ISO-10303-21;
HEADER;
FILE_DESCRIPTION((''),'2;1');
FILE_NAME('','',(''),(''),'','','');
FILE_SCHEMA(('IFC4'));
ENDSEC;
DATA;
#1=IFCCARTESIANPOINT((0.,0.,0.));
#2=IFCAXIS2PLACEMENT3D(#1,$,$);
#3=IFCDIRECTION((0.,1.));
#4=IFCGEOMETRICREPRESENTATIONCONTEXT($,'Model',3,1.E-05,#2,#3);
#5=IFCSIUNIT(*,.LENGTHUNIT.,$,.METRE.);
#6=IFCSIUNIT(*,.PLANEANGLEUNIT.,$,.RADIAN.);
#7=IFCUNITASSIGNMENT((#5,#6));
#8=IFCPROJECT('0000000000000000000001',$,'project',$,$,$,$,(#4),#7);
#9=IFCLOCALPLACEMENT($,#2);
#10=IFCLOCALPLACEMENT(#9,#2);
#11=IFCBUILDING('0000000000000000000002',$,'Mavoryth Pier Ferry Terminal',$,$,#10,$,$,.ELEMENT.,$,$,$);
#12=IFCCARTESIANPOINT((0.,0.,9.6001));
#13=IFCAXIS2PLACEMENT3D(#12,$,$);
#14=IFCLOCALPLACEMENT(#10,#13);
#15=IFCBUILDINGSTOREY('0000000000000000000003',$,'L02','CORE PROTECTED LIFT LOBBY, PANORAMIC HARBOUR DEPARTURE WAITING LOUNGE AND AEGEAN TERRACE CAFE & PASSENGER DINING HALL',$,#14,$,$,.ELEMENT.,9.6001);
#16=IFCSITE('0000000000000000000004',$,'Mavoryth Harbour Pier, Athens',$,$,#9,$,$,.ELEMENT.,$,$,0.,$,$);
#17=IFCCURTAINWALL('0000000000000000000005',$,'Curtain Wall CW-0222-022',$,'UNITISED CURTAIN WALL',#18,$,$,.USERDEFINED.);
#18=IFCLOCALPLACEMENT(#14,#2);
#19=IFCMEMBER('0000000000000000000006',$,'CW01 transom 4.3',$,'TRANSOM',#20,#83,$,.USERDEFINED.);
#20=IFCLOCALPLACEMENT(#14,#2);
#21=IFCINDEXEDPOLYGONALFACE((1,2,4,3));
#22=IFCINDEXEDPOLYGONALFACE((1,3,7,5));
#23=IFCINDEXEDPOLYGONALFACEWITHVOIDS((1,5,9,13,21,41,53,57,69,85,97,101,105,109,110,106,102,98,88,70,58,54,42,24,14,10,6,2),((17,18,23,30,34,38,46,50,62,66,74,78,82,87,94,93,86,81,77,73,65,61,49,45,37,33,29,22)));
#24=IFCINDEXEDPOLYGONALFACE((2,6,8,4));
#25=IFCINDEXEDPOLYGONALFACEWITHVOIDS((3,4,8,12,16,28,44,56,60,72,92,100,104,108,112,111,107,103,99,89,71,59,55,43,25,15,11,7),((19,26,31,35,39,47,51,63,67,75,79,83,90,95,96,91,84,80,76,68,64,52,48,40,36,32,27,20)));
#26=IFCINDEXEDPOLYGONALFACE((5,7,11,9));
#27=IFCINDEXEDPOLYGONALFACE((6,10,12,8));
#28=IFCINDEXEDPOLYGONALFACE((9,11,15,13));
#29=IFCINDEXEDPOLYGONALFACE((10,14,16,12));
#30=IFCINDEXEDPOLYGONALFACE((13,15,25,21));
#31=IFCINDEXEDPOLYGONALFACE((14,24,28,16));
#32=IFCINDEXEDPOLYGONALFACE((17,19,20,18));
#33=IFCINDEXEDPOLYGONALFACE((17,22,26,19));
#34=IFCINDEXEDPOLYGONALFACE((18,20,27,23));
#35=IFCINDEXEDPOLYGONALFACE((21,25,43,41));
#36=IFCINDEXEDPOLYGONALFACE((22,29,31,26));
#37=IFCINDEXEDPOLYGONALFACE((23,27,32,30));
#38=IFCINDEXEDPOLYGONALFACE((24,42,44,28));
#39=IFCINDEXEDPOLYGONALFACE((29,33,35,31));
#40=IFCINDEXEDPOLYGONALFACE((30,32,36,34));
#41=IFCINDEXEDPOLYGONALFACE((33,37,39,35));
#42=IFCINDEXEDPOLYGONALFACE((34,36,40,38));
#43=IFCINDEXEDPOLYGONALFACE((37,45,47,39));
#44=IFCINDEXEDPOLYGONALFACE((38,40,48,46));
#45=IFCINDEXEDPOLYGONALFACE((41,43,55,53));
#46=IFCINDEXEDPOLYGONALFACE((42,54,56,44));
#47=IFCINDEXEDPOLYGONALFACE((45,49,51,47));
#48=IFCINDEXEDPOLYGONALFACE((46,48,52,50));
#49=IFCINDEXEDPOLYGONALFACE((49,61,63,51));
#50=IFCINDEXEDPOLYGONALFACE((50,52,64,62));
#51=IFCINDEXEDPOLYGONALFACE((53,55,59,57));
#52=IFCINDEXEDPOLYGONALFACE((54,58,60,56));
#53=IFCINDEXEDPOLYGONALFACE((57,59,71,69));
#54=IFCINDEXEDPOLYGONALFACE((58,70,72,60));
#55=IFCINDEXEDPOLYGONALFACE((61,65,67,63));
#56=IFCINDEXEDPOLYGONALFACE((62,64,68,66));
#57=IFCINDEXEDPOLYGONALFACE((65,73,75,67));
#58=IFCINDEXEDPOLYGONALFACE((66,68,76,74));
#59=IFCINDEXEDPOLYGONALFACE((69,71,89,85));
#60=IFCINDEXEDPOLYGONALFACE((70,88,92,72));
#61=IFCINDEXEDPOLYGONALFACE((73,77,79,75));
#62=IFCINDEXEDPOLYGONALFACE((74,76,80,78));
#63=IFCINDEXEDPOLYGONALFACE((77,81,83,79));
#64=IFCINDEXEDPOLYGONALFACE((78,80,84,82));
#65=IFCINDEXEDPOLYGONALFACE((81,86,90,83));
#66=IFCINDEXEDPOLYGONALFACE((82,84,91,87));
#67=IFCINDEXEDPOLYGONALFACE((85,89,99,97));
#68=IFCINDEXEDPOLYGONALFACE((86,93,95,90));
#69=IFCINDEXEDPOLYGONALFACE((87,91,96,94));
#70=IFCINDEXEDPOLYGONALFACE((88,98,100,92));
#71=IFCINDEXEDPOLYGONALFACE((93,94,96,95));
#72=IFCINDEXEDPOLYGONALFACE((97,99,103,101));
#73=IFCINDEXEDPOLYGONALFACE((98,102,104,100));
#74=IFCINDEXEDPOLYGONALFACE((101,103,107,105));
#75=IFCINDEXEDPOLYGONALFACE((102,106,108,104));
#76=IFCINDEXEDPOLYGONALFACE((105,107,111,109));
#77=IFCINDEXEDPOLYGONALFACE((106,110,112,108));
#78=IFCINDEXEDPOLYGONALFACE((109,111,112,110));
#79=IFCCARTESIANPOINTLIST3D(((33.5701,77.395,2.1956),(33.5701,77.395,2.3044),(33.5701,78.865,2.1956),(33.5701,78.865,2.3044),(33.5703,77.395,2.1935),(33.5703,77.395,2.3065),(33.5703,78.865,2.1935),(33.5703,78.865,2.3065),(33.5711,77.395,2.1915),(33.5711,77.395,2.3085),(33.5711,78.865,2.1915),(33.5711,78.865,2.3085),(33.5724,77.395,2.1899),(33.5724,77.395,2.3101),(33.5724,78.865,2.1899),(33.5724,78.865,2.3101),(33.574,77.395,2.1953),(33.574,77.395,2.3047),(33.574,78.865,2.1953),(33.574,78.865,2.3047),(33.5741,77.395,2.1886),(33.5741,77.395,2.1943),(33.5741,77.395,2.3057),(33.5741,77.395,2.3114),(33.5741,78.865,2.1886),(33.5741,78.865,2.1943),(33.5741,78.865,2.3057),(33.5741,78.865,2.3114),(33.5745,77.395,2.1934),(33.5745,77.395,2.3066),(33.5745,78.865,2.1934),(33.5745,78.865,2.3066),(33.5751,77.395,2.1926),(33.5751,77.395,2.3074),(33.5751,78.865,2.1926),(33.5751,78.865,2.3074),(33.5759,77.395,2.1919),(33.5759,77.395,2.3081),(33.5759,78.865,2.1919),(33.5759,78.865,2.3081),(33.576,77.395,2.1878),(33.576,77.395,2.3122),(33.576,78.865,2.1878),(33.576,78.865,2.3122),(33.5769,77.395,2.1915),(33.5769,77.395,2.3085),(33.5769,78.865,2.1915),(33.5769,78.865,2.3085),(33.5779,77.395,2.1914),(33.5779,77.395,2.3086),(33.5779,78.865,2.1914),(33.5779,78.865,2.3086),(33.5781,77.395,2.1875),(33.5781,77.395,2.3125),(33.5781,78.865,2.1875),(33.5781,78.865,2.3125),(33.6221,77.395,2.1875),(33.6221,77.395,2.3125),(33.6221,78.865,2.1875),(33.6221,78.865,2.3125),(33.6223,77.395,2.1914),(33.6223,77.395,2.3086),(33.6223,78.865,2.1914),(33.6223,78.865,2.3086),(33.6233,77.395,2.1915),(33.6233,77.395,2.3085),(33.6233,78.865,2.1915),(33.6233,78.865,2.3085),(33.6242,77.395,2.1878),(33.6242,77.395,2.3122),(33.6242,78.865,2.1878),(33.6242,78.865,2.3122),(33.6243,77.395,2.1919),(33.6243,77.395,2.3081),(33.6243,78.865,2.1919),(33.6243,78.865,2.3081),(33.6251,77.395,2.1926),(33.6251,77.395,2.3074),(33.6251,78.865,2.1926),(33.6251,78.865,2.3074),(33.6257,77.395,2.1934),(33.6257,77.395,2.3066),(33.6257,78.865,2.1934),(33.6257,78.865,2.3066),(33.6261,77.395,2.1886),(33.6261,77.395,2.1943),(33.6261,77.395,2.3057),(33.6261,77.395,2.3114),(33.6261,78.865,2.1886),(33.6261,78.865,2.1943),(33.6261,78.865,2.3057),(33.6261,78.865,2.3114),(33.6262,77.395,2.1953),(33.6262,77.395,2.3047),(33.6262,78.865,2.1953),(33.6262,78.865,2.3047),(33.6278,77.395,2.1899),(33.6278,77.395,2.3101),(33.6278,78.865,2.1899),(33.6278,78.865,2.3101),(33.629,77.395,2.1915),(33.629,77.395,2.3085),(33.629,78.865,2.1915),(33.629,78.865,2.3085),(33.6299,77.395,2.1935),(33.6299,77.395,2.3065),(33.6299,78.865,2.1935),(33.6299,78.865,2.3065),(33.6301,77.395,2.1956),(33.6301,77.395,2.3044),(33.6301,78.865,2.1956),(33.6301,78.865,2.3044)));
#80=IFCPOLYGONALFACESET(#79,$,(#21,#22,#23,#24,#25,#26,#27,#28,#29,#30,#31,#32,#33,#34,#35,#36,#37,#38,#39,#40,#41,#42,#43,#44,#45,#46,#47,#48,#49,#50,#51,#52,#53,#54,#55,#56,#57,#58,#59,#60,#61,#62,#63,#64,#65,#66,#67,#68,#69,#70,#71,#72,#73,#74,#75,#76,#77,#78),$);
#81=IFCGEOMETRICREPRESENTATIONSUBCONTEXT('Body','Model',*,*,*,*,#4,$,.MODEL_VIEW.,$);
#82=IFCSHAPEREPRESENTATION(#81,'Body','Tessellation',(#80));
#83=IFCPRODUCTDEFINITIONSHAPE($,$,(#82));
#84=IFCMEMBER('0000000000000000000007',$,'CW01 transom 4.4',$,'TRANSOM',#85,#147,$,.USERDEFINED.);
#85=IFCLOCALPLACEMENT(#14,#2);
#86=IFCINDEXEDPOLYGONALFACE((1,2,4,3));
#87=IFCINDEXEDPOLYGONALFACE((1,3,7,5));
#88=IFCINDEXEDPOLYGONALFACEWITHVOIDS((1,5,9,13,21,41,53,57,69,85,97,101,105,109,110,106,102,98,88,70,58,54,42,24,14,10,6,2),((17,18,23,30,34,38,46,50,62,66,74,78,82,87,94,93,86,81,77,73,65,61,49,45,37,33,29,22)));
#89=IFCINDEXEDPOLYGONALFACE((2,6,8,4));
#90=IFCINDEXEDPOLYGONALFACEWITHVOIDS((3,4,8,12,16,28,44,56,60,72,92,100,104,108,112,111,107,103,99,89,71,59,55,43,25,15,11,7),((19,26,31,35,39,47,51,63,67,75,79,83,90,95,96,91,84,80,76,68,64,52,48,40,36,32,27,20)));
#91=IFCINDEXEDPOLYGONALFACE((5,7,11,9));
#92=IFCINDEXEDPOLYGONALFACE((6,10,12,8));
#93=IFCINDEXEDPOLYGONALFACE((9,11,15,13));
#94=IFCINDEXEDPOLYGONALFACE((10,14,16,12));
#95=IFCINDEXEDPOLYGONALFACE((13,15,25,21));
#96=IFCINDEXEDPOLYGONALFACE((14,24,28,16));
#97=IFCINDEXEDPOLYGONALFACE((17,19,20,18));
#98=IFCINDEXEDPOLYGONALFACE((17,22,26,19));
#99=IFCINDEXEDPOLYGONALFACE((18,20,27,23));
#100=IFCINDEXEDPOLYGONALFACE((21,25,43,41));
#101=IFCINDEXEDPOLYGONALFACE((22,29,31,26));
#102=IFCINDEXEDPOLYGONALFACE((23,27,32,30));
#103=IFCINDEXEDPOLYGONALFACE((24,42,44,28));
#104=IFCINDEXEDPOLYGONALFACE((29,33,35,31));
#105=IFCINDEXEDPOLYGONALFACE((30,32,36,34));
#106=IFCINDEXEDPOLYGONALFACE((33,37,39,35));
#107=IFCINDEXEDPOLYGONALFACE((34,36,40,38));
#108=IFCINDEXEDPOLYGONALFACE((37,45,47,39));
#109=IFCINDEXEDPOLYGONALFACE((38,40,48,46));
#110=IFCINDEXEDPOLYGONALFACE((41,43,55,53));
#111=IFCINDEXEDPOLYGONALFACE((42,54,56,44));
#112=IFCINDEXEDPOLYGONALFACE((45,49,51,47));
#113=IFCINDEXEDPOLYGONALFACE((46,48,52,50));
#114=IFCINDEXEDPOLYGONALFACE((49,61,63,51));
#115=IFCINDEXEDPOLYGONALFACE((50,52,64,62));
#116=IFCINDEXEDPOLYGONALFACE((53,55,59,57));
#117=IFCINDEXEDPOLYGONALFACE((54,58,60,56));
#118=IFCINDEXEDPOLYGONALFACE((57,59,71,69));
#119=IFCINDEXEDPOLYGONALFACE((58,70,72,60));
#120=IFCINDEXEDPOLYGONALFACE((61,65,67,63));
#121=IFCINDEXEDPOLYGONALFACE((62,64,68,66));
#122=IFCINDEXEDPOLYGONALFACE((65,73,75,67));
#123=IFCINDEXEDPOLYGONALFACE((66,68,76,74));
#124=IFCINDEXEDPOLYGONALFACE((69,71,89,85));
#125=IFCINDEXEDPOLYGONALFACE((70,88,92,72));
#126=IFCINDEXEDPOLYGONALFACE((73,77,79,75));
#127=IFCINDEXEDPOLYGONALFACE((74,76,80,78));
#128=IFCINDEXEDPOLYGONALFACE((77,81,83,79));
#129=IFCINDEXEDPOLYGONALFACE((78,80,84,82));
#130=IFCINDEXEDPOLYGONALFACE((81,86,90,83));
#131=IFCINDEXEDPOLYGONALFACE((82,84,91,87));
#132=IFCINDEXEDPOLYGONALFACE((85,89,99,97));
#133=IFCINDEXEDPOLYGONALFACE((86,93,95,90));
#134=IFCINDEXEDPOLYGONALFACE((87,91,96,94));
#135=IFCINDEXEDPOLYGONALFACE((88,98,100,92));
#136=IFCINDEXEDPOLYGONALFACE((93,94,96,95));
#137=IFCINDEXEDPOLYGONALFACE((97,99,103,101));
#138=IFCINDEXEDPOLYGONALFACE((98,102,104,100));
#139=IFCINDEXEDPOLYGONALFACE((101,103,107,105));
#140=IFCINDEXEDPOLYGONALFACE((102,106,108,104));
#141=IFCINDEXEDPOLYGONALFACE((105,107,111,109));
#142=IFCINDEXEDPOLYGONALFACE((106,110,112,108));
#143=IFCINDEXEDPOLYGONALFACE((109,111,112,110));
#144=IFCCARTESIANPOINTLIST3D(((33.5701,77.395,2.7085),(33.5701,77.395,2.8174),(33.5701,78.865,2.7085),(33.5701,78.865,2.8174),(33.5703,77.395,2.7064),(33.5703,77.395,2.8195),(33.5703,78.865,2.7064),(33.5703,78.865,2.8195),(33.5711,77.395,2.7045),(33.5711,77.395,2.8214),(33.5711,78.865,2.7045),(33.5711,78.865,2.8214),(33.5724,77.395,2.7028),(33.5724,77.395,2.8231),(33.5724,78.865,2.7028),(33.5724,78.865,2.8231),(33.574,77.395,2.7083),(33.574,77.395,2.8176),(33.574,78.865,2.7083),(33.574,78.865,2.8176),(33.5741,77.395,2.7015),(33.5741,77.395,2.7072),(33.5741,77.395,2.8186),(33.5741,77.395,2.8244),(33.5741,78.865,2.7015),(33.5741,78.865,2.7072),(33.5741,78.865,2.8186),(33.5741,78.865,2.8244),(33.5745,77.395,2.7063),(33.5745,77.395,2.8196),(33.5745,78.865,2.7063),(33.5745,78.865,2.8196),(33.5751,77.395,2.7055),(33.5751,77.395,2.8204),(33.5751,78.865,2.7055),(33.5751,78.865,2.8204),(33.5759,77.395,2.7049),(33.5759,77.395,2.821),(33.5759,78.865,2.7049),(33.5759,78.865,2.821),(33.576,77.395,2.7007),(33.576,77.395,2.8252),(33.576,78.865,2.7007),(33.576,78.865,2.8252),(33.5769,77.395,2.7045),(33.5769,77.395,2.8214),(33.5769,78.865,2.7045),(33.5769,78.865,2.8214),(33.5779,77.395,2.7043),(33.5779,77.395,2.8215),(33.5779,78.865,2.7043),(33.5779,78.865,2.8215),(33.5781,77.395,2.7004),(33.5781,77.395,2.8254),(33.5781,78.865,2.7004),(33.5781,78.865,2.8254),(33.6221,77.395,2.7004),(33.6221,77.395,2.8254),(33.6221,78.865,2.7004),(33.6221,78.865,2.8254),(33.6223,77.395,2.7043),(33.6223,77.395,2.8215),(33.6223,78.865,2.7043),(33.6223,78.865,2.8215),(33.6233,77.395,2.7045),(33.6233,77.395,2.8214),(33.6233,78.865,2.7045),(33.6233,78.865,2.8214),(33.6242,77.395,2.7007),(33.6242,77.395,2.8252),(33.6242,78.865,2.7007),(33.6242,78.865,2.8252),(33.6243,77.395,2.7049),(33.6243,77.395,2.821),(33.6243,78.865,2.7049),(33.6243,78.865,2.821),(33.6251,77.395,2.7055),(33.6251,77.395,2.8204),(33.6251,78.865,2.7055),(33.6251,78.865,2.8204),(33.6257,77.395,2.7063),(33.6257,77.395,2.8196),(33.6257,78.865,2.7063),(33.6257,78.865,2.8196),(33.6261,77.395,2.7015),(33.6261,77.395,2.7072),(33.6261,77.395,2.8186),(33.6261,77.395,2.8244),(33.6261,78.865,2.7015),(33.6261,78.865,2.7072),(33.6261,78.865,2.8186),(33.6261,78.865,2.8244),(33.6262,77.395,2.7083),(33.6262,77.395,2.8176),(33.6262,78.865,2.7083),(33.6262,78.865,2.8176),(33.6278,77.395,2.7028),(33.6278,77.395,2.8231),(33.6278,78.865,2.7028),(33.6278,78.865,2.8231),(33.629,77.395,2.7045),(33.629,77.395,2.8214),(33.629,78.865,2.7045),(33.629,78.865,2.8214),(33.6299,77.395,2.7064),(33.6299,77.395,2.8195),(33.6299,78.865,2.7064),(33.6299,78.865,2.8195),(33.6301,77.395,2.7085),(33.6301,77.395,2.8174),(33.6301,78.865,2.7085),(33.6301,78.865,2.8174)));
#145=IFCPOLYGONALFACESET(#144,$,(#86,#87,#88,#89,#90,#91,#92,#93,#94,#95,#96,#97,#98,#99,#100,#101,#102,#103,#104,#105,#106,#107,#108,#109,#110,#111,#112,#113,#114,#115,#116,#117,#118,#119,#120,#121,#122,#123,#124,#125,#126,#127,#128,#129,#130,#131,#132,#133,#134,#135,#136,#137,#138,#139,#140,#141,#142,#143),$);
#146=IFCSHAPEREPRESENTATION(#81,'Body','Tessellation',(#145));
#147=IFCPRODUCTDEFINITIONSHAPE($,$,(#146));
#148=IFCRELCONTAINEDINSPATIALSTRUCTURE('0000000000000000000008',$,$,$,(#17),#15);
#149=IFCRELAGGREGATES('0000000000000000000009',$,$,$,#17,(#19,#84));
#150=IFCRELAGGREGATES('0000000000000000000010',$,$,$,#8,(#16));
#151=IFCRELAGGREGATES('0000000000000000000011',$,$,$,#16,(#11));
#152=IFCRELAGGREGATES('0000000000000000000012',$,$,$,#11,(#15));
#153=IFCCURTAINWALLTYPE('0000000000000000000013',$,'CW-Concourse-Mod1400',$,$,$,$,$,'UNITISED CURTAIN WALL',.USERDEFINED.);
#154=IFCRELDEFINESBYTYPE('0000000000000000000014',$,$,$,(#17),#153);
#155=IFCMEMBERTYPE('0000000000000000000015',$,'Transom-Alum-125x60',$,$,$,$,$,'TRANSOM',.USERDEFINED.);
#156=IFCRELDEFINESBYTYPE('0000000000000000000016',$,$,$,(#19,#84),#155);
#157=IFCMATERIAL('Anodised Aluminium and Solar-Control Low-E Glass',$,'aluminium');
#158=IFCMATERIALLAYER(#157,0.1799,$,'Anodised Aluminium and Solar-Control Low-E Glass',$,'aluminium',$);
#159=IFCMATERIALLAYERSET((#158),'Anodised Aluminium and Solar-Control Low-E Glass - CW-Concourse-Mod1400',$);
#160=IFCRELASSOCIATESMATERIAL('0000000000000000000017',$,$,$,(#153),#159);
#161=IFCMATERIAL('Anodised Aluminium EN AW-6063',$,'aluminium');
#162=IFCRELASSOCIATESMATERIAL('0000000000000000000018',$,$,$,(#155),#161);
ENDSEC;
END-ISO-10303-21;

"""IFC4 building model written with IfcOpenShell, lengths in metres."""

from ifc_helpers import new_model, si_unit, direction, frame, origin, origin_2d, place, context, subcontext, project, spatial, hollow_rectangle, extrude, material, layer, layer_set, material_profile, profile_set, type_object, element, aggregate, save


model = new_model("IFC4")

# Units and contexts
model_context = context("Model", 3, precision=1e-05, world=origin(), true_north=direction((0.0, 1.0)))
body_context = subcontext(model_context, "Body", "Model", "MODEL_VIEW")
ifc_project = project(units=[si_unit("LENGTHUNIT", "METRE"), si_unit("PLANEANGLEUNIT", "RADIAN")], contexts=[model_context])

# Site, building, storey
site_placement = place(None, origin())
site = spatial("IfcSite", under=ifc_project, at=site_placement, Name="Mavoryth Harbour Pier, Athens", CompositionType="ELEMENT", RefElevation=0.0)
building_placement = place(site_placement, origin())
building = spatial("IfcBuilding", under=site, at=building_placement, Name="Mavoryth Pier Ferry Terminal", CompositionType="ELEMENT")
storey_placement = place(building_placement, frame((0.0, 0.0, 9.6001)))
storey = spatial("IfcBuildingStorey", under=building, at=storey_placement, Name="L02", Description="CORE PROTECTED LIFT LOBBY, PANORAMIC HARBOUR DEPARTURE WAITING LOUNGE AND AEGEAN TERRACE CAFE & PASSENGER DINING HALL", CompositionType="ELEMENT", Elevation=9.6001)

# Curtain wall, members
ifc_material_1 = material(Name="Anodised Aluminium and Solar-Control Low-E Glass", Category="aluminium")
ifc_layer_1 = layer(ifc_material_1, 0.1799, Name="Anodised Aluminium and Solar-Control Low-E Glass", Category="aluminium")
ifc_layer_set_1 = layer_set([ifc_layer_1], Name="Anodised Aluminium and Solar-Control Low-E Glass - CW-Concourse-Mod1400")
curtain_wall_type = type_object("IfcCurtainWallType", Name="CW-Concourse-Mod1400", ElementType="UNITISED CURTAIN WALL", PredefinedType="USERDEFINED", material=ifc_layer_set_1)
curtain_wall_placement = place(storey_placement, origin())
curtain_wall = element("IfcCurtainWall", 1, at=curtain_wall_placement, inside=storey, type_object=curtain_wall_type, Name="Curtain Wall CW-0222-022", ObjectType="UNITISED CURTAIN WALL", PredefinedType="USERDEFINED")
ifc_material_2 = material(Name="Anodised Aluminium EN AW-6063", Category="aluminium")
ifc_material_profile_1 = material_profile(ifc_material_2, hollow_rectangle(XDim=0.0601, YDim=0.125, WallThickness=0.0039, InnerFilletRadius=0.0039, OuterFilletRadius=0.0081, at=origin_2d()), Name="AL-TRAN 125x60x4", Category="aluminium")
ifc_profile_set_1 = profile_set([ifc_material_profile_1], Name="Anodised Aluminium EN AW-6063 - AL-TRAN 125x60x4")
member_type_1 = type_object("IfcMemberType", Name="Transom-Alum-125x60", ElementType="TRANSOM", PredefinedType="USERDEFINED", material=ifc_profile_set_1)
member_1_placement = place(storey_placement, frame((33.6001, 77.395, 2.25), z_axis=(0.0, 1.0, 0.0), x_axis=(-1.0, 0.0, 0.0)))
member_1 = element("IfcMember", 2, at=member_1_placement, type_object=member_type_1, Name="CW01 transom 4.3", ObjectType="TRANSOM", PredefinedType="USERDEFINED", context=body_context, shape_type="SweptSolid", body=[
    extrude(hollow_rectangle(XDim=0.0601, YDim=0.125, WallThickness=0.0039, InnerFilletRadius=0.0039, OuterFilletRadius=0.0081, at=origin_2d()), origin(), (0.0, 0.0, 1.0), 1.47),
])
member_2_placement = place(storey_placement, frame((33.6001, 77.395, 2.7629), z_axis=(0.0, 1.0, 0.0), x_axis=(-1.0, 0.0, 0.0)))
member_2 = element("IfcMember", 3, at=member_2_placement, type_object=member_type_1, Name="CW01 transom 4.4", ObjectType="TRANSOM", PredefinedType="USERDEFINED", context=body_context, shape_type="SweptSolid", body=[
    extrude(hollow_rectangle(XDim=0.0601, YDim=0.125, WallThickness=0.0039, InnerFilletRadius=0.0039, OuterFilletRadius=0.0081, at=origin_2d()), origin(), (0.0, 0.0, 1.0), 1.47),
])
aggregate(curtain_wall, [member_1, member_2])

save(model, "model.ifc")
